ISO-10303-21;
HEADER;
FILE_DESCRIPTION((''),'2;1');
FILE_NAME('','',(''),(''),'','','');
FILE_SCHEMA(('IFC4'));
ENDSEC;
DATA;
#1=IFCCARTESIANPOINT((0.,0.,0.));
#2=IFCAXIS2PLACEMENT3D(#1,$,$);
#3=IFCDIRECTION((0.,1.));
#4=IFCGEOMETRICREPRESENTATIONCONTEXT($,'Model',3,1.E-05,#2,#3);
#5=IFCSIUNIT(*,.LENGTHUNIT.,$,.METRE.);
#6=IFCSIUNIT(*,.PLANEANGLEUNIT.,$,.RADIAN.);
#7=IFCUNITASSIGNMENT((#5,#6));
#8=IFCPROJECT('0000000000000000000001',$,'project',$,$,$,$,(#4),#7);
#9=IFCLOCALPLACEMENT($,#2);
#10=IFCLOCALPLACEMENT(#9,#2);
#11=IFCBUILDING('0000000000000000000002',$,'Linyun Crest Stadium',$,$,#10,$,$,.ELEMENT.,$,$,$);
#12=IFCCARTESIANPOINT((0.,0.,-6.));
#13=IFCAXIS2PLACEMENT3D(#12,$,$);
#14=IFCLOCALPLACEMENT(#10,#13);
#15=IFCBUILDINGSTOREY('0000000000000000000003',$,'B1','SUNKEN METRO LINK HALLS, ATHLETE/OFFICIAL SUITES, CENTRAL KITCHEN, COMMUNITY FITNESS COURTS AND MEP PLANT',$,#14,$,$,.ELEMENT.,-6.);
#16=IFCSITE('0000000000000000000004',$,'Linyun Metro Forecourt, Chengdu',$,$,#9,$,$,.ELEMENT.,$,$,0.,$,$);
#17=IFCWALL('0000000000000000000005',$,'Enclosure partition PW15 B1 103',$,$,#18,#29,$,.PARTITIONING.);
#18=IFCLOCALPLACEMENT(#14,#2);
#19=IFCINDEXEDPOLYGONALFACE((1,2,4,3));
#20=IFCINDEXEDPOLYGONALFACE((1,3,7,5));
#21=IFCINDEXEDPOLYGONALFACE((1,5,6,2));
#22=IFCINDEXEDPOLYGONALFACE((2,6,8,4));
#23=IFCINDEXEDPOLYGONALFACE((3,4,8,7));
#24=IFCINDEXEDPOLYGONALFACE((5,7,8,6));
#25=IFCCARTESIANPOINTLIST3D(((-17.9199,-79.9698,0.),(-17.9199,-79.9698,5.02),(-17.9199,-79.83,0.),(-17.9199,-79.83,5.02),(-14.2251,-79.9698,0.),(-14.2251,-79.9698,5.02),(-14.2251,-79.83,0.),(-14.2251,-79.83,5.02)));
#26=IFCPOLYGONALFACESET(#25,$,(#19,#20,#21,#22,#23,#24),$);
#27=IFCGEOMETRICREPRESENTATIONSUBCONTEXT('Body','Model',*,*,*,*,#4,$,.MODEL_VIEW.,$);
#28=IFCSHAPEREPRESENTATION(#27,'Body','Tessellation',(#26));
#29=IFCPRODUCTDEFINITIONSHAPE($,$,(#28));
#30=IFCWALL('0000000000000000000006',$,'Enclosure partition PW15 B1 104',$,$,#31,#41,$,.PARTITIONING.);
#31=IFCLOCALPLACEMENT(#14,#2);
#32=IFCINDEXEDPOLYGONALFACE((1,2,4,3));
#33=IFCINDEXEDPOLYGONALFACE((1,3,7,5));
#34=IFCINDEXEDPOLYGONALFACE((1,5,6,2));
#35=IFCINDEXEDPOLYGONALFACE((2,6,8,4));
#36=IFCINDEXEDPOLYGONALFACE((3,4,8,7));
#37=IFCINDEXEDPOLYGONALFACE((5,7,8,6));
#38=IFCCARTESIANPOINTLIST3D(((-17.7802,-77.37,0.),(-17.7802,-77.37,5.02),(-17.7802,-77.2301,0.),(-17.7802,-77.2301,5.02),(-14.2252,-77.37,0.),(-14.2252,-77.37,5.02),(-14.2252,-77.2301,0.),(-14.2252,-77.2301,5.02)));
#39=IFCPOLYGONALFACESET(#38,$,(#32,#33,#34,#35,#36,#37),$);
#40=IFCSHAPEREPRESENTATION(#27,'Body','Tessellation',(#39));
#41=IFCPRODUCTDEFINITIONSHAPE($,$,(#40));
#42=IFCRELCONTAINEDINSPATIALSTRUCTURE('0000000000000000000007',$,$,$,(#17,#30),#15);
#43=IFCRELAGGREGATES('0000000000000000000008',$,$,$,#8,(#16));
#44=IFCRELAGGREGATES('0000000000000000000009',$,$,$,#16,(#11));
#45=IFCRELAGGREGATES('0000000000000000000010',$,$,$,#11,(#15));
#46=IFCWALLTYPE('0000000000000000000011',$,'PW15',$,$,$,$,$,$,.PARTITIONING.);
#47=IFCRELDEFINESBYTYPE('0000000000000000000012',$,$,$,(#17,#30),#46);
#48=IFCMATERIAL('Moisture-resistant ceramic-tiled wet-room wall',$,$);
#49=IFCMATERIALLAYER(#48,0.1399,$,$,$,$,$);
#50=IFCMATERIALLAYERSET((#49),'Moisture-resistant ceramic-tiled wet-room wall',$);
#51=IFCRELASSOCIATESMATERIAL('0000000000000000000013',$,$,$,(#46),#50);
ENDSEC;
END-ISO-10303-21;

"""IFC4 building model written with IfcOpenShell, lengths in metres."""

from ifc_helpers import new_model, si_unit, direction, frame, frame_2d, origin, place, context, subcontext, project, spatial, rectangle, extrude, material, layer, layer_set, type_object, element, save


model = new_model("IFC4")

# Units and contexts
model_context = context("Model", 3, precision=1e-05, world=origin(), true_north=direction((0.0, 1.0)))
body_context = subcontext(model_context, "Body", "Model", "MODEL_VIEW")
ifc_project = project(units=[si_unit("LENGTHUNIT", "METRE"), si_unit("PLANEANGLEUNIT", "RADIAN")], contexts=[model_context])

# Site, building, storey
site_placement = place(None, origin())
site = spatial("IfcSite", under=ifc_project, at=site_placement, Name="Linyun Metro Forecourt, Chengdu", CompositionType="ELEMENT", RefElevation=0.0)
building_placement = place(site_placement, origin())
building = spatial("IfcBuilding", under=site, at=building_placement, Name="Linyun Crest Stadium", CompositionType="ELEMENT")
storey_placement = place(building_placement, frame((0.0, 0.0, -6.0)))
storey = spatial("IfcBuildingStorey", under=building, at=storey_placement, Name="B1", Description="SUNKEN METRO LINK HALLS, ATHLETE/OFFICIAL SUITES, CENTRAL KITCHEN, COMMUNITY FITNESS COURTS AND MEP PLANT", CompositionType="ELEMENT", Elevation=-6.0)

# Shared definitions
ifc_material_1 = material(Name="Moisture-resistant ceramic-tiled wet-room wall")
ifc_layer_1 = layer(ifc_material_1, 0.1399)
ifc_layer_set_1 = layer_set([ifc_layer_1], Name="Moisture-resistant ceramic-tiled wet-room wall")
wall_type = type_object("IfcWallType", Name="PW15", PredefinedType="PARTITIONING", material=ifc_layer_set_1)

# Walls
wall_1_placement = place(storey_placement, frame((-17.9199, -79.8999, 0.0), z_axis=(0.0, 0.0, 1.0), x_axis=(1.0, 0.0, 0.0)))
element("IfcWall", 1, at=wall_1_placement, inside=storey, type_object=wall_type, Name="Enclosure partition PW15 B1 103", PredefinedType="PARTITIONING", context=body_context, shape_type="SweptSolid", body=[
    extrude(rectangle(XDim=3.6948, YDim=0.1399, at=frame_2d((1.8474, 0.0))), origin(), (0.0, 0.0, 1.0), 5.02),
])
wall_2_placement = place(storey_placement, frame((-17.78, -77.3, 0.0), z_axis=(0.0, 0.0, 1.0), x_axis=(1.0, 0.0, 0.0)))
element("IfcWall", 2, at=wall_2_placement, inside=storey, type_object=wall_type, Name="Enclosure partition PW15 B1 104", PredefinedType="PARTITIONING", context=body_context, shape_type="SweptSolid", body=[
    extrude(rectangle(XDim=3.5549, YDim=0.1399, at=frame_2d((1.7773, 0.0))), origin(), (0.0, 0.0, 1.0), 5.02),
])

save(model, "model.ifc")
